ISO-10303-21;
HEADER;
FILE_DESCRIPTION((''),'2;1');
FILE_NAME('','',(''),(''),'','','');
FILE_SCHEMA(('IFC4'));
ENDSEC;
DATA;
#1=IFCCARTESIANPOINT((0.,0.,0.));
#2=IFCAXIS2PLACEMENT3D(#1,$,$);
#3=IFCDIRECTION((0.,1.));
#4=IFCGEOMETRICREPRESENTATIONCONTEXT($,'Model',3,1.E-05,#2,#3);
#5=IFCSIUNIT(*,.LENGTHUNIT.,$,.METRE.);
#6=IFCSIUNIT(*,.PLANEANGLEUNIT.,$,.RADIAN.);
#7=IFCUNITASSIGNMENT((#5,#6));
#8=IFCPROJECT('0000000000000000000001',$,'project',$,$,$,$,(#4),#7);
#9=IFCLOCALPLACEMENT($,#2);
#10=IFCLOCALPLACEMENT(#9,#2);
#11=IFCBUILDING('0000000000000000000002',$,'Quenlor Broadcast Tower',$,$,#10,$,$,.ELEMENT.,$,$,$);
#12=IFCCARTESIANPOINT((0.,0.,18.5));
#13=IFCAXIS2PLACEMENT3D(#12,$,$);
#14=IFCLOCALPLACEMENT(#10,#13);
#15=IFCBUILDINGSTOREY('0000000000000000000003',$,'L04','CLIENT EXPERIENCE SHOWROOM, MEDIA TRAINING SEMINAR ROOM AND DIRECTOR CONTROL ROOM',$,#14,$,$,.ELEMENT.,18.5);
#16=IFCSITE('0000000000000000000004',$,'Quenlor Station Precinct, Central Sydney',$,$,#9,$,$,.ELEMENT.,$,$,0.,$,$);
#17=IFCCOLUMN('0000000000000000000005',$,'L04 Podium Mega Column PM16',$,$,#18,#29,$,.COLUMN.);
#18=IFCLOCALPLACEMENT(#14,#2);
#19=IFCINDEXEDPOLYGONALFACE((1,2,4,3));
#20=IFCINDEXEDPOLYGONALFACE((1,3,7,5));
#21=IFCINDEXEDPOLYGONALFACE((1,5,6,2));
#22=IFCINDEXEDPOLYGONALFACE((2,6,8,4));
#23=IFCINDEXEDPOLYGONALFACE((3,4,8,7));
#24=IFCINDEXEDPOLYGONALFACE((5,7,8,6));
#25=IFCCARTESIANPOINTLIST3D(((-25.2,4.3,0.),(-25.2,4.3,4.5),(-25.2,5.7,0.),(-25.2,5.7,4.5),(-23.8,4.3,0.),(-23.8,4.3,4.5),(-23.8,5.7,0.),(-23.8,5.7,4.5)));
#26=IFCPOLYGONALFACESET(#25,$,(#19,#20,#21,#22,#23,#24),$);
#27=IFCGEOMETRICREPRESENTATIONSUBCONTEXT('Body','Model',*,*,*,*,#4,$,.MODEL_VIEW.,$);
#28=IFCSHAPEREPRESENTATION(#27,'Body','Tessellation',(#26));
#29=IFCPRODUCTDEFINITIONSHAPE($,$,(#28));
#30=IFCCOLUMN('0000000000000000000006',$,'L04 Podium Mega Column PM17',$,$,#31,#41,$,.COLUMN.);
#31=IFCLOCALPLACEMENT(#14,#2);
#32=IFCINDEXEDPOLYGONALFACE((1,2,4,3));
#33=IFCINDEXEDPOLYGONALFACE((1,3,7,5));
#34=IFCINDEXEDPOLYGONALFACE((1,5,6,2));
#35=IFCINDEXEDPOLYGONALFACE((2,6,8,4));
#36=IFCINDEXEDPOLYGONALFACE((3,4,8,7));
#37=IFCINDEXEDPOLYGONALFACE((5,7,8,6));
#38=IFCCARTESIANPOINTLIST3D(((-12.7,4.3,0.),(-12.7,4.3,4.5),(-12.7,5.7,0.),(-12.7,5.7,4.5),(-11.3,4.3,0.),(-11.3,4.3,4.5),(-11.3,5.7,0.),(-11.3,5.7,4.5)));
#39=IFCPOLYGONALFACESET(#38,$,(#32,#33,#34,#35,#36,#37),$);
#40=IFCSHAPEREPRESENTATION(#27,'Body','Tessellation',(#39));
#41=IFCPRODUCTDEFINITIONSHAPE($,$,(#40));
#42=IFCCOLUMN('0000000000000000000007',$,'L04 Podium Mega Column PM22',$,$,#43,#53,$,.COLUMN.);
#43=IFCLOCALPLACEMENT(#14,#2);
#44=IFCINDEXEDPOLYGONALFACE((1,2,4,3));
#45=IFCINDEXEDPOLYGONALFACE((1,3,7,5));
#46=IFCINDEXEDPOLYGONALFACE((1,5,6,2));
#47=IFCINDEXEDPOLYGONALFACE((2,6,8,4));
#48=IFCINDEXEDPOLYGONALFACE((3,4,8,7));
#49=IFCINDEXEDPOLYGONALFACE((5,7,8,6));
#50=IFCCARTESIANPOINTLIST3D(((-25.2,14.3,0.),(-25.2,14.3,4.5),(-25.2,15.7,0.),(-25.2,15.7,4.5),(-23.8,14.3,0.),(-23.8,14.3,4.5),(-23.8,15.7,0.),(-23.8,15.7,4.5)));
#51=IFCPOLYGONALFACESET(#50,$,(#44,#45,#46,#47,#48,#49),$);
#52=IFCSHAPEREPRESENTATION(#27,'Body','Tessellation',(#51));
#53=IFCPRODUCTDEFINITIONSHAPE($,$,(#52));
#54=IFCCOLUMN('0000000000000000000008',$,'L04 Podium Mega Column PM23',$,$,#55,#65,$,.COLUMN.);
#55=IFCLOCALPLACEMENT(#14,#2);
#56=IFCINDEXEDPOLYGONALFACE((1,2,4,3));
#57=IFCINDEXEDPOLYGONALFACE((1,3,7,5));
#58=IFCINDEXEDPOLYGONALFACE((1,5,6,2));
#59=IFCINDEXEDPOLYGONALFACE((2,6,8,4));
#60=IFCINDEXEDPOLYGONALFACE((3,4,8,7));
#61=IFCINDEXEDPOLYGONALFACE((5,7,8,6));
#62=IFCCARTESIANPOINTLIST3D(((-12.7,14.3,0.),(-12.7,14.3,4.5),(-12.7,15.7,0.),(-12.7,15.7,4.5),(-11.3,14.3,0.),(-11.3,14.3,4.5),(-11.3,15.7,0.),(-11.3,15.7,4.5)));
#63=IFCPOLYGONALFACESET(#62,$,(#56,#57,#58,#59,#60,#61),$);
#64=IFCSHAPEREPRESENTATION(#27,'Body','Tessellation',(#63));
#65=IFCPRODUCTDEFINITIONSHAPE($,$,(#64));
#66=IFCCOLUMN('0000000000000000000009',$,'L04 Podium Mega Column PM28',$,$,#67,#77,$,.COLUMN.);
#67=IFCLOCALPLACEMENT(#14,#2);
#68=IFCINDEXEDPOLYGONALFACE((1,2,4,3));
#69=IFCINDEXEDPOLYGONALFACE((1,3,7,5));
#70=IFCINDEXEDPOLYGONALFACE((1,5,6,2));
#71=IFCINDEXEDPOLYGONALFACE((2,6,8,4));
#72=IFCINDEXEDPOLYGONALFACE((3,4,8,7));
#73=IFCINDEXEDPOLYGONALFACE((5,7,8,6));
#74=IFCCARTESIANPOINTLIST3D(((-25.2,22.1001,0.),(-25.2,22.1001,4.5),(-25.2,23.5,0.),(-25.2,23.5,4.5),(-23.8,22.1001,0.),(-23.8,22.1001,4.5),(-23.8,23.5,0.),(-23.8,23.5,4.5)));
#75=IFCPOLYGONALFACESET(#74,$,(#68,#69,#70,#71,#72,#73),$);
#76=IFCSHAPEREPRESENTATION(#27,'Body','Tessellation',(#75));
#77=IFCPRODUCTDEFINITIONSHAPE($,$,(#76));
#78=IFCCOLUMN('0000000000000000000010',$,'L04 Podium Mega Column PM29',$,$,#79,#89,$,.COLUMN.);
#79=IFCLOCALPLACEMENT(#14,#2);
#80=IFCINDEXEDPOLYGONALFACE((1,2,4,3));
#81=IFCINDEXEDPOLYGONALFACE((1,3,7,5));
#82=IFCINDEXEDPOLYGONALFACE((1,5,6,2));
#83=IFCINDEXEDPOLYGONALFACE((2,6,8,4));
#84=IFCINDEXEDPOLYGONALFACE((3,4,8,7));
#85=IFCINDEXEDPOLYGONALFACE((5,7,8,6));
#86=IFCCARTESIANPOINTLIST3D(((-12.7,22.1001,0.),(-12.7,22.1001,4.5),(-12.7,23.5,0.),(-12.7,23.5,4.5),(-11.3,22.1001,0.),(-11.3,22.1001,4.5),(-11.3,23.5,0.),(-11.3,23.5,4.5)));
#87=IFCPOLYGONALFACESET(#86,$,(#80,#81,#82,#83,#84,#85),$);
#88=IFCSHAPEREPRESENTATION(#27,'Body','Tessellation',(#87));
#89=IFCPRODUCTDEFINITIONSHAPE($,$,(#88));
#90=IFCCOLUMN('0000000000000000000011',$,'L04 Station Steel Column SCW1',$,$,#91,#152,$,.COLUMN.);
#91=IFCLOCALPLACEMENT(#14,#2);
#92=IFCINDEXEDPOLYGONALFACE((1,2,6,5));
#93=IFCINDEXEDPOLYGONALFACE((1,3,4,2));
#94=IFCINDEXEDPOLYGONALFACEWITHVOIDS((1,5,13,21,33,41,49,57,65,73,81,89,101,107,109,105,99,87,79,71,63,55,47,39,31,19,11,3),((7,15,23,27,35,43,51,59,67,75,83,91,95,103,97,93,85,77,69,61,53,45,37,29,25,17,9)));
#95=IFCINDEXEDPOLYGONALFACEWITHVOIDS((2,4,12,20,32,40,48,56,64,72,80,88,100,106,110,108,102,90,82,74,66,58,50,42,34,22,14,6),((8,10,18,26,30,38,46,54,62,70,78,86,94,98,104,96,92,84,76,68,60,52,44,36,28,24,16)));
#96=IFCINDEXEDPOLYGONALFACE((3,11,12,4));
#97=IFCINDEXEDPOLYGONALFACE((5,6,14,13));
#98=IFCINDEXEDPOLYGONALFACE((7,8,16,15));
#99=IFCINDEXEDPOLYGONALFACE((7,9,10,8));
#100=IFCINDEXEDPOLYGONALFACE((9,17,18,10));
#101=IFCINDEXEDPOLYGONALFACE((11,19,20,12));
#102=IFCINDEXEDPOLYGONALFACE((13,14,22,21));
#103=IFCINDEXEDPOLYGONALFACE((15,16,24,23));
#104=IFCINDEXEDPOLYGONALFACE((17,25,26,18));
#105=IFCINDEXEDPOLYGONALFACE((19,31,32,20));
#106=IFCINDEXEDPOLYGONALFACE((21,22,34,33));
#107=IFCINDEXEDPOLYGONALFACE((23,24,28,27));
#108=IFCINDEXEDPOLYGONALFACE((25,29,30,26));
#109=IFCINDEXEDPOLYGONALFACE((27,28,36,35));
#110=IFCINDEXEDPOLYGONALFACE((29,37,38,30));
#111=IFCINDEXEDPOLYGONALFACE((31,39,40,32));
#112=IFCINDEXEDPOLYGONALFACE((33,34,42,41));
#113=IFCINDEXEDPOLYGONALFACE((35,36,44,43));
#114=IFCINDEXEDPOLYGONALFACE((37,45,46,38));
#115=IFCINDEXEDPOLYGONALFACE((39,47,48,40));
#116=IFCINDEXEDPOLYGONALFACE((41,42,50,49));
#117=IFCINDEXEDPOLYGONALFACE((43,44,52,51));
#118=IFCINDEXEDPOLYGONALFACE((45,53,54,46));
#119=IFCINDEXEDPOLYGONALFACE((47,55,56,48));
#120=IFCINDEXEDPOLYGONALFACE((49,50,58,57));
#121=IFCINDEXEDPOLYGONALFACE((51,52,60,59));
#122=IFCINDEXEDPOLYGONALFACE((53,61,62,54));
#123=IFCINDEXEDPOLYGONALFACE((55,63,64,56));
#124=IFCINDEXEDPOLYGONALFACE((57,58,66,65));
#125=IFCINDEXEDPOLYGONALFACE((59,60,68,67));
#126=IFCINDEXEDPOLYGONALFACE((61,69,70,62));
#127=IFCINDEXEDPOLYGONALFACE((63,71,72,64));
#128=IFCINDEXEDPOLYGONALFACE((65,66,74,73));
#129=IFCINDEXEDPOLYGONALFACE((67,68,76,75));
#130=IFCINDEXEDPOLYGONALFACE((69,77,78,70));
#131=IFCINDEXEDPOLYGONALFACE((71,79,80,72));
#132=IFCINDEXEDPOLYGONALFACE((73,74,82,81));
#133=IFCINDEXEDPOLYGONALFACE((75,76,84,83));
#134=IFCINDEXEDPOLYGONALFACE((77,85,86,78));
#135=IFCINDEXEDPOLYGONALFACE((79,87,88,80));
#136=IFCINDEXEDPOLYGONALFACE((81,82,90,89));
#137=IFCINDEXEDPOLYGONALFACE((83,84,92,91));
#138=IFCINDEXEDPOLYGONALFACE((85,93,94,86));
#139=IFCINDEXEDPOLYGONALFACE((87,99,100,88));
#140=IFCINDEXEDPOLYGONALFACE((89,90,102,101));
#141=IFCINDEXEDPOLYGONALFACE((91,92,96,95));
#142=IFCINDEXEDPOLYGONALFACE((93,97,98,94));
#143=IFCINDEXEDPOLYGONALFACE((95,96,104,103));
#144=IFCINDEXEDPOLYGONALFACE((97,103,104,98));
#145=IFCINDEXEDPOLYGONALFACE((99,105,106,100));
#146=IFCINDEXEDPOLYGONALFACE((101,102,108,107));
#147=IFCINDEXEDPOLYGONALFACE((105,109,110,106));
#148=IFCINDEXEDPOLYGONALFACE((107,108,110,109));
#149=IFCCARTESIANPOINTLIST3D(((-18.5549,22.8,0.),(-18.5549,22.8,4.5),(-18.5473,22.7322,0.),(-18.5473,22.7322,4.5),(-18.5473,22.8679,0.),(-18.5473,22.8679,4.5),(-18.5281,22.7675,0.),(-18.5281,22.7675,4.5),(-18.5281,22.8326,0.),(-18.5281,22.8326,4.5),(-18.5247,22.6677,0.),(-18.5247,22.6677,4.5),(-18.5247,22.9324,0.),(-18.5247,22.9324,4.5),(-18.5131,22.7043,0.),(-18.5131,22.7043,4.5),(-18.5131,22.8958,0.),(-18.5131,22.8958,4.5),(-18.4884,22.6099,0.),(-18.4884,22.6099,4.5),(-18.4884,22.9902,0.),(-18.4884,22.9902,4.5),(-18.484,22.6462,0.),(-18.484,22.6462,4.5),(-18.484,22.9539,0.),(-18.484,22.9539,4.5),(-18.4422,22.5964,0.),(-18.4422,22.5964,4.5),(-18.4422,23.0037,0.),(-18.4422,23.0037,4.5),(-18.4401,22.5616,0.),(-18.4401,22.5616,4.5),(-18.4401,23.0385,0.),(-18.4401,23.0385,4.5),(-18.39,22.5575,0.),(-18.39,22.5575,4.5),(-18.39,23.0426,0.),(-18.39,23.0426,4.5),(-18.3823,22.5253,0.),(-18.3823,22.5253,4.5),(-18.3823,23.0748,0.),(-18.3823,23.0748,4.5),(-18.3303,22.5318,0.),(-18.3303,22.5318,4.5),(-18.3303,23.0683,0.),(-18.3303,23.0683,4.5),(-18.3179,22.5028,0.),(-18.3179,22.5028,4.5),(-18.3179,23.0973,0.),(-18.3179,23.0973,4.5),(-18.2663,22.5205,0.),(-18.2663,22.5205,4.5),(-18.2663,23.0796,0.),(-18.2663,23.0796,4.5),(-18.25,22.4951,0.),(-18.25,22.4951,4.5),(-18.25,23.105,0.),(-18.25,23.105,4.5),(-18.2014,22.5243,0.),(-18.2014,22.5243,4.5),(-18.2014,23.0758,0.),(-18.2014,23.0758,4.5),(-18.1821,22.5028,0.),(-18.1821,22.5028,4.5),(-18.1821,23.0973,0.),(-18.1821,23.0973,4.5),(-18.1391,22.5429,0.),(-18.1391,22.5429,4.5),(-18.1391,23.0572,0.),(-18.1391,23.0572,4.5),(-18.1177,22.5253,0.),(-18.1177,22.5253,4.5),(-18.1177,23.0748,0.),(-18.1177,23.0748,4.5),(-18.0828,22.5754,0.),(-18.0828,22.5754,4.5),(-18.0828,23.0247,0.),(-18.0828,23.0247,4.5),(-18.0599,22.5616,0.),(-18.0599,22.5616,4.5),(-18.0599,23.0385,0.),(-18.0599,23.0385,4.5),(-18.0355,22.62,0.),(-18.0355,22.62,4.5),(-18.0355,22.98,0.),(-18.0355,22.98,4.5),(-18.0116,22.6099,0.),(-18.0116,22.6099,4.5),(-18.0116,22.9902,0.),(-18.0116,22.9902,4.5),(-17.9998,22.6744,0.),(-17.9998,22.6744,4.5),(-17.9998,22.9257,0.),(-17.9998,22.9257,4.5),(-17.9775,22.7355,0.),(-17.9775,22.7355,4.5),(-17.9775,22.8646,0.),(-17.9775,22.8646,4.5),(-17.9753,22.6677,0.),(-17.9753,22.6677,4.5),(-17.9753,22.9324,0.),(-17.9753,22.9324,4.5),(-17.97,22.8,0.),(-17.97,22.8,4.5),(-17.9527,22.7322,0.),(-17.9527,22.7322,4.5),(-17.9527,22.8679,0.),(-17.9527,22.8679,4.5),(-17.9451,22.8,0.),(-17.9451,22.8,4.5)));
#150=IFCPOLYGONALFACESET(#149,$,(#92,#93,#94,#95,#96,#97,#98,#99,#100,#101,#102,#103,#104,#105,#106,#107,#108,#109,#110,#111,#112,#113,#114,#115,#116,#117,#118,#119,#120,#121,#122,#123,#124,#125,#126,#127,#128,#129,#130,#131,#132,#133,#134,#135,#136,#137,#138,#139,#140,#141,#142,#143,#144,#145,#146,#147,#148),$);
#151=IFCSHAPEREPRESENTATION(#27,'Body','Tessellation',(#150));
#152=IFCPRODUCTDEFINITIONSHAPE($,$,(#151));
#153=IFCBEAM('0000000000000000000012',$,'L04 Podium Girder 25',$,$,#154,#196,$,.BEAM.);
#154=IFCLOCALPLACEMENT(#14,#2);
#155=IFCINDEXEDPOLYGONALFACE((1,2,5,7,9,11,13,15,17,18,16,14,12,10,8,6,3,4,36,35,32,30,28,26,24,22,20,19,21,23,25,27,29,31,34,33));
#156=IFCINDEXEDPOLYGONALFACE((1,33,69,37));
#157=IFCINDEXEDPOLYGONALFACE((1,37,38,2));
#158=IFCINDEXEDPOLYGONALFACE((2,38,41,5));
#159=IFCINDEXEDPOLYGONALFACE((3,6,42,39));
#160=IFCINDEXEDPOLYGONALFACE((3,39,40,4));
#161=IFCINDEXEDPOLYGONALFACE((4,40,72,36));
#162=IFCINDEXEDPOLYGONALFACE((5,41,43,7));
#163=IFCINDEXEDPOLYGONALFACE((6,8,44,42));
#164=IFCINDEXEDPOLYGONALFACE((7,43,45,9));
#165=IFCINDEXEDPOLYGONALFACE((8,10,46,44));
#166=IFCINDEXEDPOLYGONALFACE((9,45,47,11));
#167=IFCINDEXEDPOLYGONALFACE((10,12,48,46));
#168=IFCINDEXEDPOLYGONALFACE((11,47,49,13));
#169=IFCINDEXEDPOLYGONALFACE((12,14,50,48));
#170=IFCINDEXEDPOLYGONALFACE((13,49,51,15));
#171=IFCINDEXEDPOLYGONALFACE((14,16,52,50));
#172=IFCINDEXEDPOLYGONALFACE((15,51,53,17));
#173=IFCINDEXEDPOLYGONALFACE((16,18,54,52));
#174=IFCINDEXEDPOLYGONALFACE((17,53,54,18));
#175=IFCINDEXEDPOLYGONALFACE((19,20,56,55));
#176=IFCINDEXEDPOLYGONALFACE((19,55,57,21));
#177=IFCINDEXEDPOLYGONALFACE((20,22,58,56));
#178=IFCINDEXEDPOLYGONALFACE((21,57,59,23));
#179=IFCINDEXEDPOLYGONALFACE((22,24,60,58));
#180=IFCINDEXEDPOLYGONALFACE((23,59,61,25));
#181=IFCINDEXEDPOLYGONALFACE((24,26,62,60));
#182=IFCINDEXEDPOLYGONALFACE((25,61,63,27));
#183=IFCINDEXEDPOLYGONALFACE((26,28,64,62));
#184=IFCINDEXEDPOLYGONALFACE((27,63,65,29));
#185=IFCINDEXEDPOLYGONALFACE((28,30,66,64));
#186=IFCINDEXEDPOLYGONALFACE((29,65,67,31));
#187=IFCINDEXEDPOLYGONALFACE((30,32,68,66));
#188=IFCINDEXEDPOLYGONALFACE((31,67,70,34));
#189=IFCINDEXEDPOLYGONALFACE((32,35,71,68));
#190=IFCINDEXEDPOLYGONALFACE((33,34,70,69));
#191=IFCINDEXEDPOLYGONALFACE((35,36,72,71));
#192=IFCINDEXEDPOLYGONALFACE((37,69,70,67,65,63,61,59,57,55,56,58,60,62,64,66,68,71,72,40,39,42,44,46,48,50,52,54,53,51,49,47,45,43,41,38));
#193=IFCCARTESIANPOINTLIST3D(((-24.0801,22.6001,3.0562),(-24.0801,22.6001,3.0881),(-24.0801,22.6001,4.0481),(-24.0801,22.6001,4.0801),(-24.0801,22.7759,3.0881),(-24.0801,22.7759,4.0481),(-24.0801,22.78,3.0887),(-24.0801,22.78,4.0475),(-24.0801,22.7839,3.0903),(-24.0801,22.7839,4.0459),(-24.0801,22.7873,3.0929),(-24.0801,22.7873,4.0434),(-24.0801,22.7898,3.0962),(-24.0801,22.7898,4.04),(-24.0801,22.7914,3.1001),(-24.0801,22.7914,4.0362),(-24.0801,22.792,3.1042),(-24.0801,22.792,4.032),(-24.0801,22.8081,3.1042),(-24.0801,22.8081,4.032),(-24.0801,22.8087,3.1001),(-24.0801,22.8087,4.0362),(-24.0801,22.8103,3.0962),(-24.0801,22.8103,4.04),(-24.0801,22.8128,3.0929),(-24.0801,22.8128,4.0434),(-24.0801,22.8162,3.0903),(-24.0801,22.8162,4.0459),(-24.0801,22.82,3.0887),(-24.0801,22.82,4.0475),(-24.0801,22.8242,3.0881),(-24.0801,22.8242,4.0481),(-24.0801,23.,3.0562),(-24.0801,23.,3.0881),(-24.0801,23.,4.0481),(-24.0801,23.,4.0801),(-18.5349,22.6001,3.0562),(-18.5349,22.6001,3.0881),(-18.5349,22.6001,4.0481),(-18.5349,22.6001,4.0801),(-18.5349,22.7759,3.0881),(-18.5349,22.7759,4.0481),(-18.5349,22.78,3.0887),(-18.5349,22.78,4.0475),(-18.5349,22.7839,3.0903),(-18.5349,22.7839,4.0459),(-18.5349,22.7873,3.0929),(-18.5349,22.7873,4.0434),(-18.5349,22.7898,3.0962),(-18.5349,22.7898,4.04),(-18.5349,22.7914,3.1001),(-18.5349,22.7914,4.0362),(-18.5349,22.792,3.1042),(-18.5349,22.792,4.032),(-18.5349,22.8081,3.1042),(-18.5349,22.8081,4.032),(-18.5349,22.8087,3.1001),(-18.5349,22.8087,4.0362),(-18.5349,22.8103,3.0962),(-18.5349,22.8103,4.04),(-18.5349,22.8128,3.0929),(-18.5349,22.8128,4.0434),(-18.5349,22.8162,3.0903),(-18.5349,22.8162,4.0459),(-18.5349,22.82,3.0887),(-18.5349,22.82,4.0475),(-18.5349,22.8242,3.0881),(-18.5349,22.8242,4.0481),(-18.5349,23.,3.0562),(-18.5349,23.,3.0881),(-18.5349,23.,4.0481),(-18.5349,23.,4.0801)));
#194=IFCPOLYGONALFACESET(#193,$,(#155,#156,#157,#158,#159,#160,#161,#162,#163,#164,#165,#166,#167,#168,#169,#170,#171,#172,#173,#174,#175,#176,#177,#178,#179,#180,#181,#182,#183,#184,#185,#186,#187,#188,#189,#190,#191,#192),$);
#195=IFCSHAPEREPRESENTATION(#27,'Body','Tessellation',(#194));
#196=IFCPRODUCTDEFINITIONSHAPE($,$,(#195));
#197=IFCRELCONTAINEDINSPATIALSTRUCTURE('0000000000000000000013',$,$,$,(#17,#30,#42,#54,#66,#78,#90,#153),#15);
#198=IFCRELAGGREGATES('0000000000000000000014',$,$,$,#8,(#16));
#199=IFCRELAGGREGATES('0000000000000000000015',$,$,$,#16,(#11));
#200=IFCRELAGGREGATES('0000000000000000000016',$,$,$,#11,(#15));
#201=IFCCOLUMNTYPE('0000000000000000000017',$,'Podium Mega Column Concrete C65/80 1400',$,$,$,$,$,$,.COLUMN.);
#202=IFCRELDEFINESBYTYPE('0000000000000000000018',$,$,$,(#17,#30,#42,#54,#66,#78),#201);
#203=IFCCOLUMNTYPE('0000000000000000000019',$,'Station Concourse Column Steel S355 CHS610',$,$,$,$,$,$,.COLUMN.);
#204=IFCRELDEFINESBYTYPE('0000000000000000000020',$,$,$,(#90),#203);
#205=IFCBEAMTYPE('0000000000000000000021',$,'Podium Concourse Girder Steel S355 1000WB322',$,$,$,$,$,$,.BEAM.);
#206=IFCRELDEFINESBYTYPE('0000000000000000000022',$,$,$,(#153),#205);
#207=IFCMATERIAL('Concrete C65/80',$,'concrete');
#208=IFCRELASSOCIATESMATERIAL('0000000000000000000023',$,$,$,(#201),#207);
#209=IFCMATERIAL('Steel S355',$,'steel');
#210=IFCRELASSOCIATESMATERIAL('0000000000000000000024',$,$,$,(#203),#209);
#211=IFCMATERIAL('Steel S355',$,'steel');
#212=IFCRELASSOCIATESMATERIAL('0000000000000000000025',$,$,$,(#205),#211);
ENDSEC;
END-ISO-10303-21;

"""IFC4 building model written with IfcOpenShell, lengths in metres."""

from ifc_helpers import new_model, si_unit, direction, frame, origin, origin_2d, place, context, subcontext, project, spatial, rectangle, hollow_circle, i_section, extrude, material, material_profile, profile_set, type_object, element, save


model = new_model("IFC4")

# Units and contexts
model_context = context("Model", 3, precision=1e-05, world=origin(), true_north=direction((0.0, 1.0)))
body_context = subcontext(model_context, "Body", "Model", "MODEL_VIEW")
ifc_project = project(units=[si_unit("LENGTHUNIT", "METRE"), si_unit("PLANEANGLEUNIT", "RADIAN")], contexts=[model_context])

# Site, building, storey
site_placement = place(None, origin())
site = spatial("IfcSite", under=ifc_project, at=site_placement, Name="Quenlor Station Precinct, Central Sydney", CompositionType="ELEMENT", RefElevation=0.0)
building_placement = place(site_placement, origin())
building = spatial("IfcBuilding", under=site, at=building_placement, Name="Quenlor Broadcast Tower", CompositionType="ELEMENT")
storey_placement = place(building_placement, frame((0.0, 0.0, 18.5)))
storey = spatial("IfcBuildingStorey", under=building, at=storey_placement, Name="L04", Description="CLIENT EXPERIENCE SHOWROOM, MEDIA TRAINING SEMINAR ROOM AND DIRECTOR CONTROL ROOM", CompositionType="ELEMENT", Elevation=18.5)

# Columns
ifc_material_1 = material(Name="Concrete C65/80", Category="concrete")
ifc_material_profile_1 = material_profile(ifc_material_1, rectangle(XDim=1.3999, YDim=1.3999, at=origin_2d()))
ifc_profile_set_1 = profile_set([ifc_material_profile_1], Name="Concrete C65/80 RC1400x1400")
column_type_1 = type_object("IfcColumnType", Name="Podium Mega Column Concrete C65/80 1400", PredefinedType="COLUMN", material=ifc_profile_set_1)
for number, where, z_axis, x_axis, name in (
    (1, (-24.5, 5.0, 0.0), (0.0, 0.0, 1.0), (1.0, 0.0, 0.0), "L04 Podium Mega Column PM16"),
    (2, (-12.0, 5.0, 0.0), (0.0, 0.0, 1.0), (1.0, 0.0, 0.0), "L04 Podium Mega Column PM17"),
    (3, (-24.5, 15.0, 0.0), (0.0, 0.0, 1.0), (1.0, 0.0, 0.0), "L04 Podium Mega Column PM22"),
    (4, (-12.0, 15.0, 0.0), (0.0, 0.0, 1.0), (1.0, 0.0, 0.0), "L04 Podium Mega Column PM23"),
    (5, (-24.5, 22.8, 0.0), (0.0, 0.0, 1.0), (1.0, 0.0, 0.0), "L04 Podium Mega Column PM28"),
    (6, (-12.0, 22.8, 0.0), (0.0, 0.0, 1.0), (1.0, 0.0, 0.0), "L04 Podium Mega Column PM29"),
):
    element("IfcColumn", number, at=place(storey_placement, frame(where, z_axis=z_axis, x_axis=x_axis)), inside=storey, type_object=column_type_1, Name=name, PredefinedType="COLUMN", context=body_context, shape_type="SweptSolid", body=[
        extrude(rectangle(XDim=1.3999, YDim=1.3999, at=origin_2d()), origin(), (0.0, 0.0, 1.0), 4.5),
    ])
ifc_material_2 = material(Name="Steel S355", Category="steel")
ifc_material_profile_2 = material_profile(ifc_material_2, hollow_circle(Radius=0.3049, WallThickness=0.0249, at=origin_2d()))
ifc_profile_set_2 = profile_set([ifc_material_profile_2], Name="Steel S355 CHS610x25")
column_type_2 = type_object("IfcColumnType", Name="Station Concourse Column Steel S355 CHS610", PredefinedType="COLUMN", material=ifc_profile_set_2)
column_placement = place(storey_placement, frame((-18.25, 22.8, 0.0), z_axis=(0.0, 0.0, 1.0), x_axis=(1.0, 0.0, 0.0)))
element("IfcColumn", 7, at=column_placement, inside=storey, type_object=column_type_2, Name="L04 Station Steel Column SCW1", PredefinedType="COLUMN", context=body_context, shape_type="SweptSolid", body=[
    extrude(hollow_circle(Radius=0.3049, WallThickness=0.0249, at=origin_2d()), origin(), (0.0, 0.0, 1.0), 4.5),
])

# Beam
ifc_material_3 = material(Name="Steel S355", Category="steel")
ifc_material_profile_3 = material_profile(ifc_material_3, i_section(OverallWidth=0.3999, OverallDepth=1.0239, WebThickness=0.0161, FlangeThickness=0.032, FilletRadius=0.0161, at=origin_2d()))
ifc_profile_set_3 = profile_set([ifc_material_profile_3], Name="Steel S355 1000WB322")
beam_type_1 = type_object("IfcBeamType", Name="Podium Concourse Girder Steel S355 1000WB322", PredefinedType="BEAM", material=ifc_profile_set_3)
for number, where, z_axis, x_axis, name in (
    (8, (-24.0801, 22.8, 3.5681), (1.0, 0.0, 0.0), (0.0, 1.0, 0.0), "L04 Podium Girder 25"),
):
    element("IfcBeam", number, at=place(storey_placement, frame(where, z_axis=z_axis, x_axis=x_axis)), inside=storey, type_object=beam_type_1, Name=name, PredefinedType="BEAM", context=body_context, shape_type="SweptSolid", body=[
        extrude(i_section(OverallWidth=0.3999, OverallDepth=1.0239, WebThickness=0.0161, FlangeThickness=0.032, FilletRadius=0.0161, at=origin_2d()), origin(), (0.0, 0.0, 1.0), 5.5452),
    ])

save(model, "model.ifc")
